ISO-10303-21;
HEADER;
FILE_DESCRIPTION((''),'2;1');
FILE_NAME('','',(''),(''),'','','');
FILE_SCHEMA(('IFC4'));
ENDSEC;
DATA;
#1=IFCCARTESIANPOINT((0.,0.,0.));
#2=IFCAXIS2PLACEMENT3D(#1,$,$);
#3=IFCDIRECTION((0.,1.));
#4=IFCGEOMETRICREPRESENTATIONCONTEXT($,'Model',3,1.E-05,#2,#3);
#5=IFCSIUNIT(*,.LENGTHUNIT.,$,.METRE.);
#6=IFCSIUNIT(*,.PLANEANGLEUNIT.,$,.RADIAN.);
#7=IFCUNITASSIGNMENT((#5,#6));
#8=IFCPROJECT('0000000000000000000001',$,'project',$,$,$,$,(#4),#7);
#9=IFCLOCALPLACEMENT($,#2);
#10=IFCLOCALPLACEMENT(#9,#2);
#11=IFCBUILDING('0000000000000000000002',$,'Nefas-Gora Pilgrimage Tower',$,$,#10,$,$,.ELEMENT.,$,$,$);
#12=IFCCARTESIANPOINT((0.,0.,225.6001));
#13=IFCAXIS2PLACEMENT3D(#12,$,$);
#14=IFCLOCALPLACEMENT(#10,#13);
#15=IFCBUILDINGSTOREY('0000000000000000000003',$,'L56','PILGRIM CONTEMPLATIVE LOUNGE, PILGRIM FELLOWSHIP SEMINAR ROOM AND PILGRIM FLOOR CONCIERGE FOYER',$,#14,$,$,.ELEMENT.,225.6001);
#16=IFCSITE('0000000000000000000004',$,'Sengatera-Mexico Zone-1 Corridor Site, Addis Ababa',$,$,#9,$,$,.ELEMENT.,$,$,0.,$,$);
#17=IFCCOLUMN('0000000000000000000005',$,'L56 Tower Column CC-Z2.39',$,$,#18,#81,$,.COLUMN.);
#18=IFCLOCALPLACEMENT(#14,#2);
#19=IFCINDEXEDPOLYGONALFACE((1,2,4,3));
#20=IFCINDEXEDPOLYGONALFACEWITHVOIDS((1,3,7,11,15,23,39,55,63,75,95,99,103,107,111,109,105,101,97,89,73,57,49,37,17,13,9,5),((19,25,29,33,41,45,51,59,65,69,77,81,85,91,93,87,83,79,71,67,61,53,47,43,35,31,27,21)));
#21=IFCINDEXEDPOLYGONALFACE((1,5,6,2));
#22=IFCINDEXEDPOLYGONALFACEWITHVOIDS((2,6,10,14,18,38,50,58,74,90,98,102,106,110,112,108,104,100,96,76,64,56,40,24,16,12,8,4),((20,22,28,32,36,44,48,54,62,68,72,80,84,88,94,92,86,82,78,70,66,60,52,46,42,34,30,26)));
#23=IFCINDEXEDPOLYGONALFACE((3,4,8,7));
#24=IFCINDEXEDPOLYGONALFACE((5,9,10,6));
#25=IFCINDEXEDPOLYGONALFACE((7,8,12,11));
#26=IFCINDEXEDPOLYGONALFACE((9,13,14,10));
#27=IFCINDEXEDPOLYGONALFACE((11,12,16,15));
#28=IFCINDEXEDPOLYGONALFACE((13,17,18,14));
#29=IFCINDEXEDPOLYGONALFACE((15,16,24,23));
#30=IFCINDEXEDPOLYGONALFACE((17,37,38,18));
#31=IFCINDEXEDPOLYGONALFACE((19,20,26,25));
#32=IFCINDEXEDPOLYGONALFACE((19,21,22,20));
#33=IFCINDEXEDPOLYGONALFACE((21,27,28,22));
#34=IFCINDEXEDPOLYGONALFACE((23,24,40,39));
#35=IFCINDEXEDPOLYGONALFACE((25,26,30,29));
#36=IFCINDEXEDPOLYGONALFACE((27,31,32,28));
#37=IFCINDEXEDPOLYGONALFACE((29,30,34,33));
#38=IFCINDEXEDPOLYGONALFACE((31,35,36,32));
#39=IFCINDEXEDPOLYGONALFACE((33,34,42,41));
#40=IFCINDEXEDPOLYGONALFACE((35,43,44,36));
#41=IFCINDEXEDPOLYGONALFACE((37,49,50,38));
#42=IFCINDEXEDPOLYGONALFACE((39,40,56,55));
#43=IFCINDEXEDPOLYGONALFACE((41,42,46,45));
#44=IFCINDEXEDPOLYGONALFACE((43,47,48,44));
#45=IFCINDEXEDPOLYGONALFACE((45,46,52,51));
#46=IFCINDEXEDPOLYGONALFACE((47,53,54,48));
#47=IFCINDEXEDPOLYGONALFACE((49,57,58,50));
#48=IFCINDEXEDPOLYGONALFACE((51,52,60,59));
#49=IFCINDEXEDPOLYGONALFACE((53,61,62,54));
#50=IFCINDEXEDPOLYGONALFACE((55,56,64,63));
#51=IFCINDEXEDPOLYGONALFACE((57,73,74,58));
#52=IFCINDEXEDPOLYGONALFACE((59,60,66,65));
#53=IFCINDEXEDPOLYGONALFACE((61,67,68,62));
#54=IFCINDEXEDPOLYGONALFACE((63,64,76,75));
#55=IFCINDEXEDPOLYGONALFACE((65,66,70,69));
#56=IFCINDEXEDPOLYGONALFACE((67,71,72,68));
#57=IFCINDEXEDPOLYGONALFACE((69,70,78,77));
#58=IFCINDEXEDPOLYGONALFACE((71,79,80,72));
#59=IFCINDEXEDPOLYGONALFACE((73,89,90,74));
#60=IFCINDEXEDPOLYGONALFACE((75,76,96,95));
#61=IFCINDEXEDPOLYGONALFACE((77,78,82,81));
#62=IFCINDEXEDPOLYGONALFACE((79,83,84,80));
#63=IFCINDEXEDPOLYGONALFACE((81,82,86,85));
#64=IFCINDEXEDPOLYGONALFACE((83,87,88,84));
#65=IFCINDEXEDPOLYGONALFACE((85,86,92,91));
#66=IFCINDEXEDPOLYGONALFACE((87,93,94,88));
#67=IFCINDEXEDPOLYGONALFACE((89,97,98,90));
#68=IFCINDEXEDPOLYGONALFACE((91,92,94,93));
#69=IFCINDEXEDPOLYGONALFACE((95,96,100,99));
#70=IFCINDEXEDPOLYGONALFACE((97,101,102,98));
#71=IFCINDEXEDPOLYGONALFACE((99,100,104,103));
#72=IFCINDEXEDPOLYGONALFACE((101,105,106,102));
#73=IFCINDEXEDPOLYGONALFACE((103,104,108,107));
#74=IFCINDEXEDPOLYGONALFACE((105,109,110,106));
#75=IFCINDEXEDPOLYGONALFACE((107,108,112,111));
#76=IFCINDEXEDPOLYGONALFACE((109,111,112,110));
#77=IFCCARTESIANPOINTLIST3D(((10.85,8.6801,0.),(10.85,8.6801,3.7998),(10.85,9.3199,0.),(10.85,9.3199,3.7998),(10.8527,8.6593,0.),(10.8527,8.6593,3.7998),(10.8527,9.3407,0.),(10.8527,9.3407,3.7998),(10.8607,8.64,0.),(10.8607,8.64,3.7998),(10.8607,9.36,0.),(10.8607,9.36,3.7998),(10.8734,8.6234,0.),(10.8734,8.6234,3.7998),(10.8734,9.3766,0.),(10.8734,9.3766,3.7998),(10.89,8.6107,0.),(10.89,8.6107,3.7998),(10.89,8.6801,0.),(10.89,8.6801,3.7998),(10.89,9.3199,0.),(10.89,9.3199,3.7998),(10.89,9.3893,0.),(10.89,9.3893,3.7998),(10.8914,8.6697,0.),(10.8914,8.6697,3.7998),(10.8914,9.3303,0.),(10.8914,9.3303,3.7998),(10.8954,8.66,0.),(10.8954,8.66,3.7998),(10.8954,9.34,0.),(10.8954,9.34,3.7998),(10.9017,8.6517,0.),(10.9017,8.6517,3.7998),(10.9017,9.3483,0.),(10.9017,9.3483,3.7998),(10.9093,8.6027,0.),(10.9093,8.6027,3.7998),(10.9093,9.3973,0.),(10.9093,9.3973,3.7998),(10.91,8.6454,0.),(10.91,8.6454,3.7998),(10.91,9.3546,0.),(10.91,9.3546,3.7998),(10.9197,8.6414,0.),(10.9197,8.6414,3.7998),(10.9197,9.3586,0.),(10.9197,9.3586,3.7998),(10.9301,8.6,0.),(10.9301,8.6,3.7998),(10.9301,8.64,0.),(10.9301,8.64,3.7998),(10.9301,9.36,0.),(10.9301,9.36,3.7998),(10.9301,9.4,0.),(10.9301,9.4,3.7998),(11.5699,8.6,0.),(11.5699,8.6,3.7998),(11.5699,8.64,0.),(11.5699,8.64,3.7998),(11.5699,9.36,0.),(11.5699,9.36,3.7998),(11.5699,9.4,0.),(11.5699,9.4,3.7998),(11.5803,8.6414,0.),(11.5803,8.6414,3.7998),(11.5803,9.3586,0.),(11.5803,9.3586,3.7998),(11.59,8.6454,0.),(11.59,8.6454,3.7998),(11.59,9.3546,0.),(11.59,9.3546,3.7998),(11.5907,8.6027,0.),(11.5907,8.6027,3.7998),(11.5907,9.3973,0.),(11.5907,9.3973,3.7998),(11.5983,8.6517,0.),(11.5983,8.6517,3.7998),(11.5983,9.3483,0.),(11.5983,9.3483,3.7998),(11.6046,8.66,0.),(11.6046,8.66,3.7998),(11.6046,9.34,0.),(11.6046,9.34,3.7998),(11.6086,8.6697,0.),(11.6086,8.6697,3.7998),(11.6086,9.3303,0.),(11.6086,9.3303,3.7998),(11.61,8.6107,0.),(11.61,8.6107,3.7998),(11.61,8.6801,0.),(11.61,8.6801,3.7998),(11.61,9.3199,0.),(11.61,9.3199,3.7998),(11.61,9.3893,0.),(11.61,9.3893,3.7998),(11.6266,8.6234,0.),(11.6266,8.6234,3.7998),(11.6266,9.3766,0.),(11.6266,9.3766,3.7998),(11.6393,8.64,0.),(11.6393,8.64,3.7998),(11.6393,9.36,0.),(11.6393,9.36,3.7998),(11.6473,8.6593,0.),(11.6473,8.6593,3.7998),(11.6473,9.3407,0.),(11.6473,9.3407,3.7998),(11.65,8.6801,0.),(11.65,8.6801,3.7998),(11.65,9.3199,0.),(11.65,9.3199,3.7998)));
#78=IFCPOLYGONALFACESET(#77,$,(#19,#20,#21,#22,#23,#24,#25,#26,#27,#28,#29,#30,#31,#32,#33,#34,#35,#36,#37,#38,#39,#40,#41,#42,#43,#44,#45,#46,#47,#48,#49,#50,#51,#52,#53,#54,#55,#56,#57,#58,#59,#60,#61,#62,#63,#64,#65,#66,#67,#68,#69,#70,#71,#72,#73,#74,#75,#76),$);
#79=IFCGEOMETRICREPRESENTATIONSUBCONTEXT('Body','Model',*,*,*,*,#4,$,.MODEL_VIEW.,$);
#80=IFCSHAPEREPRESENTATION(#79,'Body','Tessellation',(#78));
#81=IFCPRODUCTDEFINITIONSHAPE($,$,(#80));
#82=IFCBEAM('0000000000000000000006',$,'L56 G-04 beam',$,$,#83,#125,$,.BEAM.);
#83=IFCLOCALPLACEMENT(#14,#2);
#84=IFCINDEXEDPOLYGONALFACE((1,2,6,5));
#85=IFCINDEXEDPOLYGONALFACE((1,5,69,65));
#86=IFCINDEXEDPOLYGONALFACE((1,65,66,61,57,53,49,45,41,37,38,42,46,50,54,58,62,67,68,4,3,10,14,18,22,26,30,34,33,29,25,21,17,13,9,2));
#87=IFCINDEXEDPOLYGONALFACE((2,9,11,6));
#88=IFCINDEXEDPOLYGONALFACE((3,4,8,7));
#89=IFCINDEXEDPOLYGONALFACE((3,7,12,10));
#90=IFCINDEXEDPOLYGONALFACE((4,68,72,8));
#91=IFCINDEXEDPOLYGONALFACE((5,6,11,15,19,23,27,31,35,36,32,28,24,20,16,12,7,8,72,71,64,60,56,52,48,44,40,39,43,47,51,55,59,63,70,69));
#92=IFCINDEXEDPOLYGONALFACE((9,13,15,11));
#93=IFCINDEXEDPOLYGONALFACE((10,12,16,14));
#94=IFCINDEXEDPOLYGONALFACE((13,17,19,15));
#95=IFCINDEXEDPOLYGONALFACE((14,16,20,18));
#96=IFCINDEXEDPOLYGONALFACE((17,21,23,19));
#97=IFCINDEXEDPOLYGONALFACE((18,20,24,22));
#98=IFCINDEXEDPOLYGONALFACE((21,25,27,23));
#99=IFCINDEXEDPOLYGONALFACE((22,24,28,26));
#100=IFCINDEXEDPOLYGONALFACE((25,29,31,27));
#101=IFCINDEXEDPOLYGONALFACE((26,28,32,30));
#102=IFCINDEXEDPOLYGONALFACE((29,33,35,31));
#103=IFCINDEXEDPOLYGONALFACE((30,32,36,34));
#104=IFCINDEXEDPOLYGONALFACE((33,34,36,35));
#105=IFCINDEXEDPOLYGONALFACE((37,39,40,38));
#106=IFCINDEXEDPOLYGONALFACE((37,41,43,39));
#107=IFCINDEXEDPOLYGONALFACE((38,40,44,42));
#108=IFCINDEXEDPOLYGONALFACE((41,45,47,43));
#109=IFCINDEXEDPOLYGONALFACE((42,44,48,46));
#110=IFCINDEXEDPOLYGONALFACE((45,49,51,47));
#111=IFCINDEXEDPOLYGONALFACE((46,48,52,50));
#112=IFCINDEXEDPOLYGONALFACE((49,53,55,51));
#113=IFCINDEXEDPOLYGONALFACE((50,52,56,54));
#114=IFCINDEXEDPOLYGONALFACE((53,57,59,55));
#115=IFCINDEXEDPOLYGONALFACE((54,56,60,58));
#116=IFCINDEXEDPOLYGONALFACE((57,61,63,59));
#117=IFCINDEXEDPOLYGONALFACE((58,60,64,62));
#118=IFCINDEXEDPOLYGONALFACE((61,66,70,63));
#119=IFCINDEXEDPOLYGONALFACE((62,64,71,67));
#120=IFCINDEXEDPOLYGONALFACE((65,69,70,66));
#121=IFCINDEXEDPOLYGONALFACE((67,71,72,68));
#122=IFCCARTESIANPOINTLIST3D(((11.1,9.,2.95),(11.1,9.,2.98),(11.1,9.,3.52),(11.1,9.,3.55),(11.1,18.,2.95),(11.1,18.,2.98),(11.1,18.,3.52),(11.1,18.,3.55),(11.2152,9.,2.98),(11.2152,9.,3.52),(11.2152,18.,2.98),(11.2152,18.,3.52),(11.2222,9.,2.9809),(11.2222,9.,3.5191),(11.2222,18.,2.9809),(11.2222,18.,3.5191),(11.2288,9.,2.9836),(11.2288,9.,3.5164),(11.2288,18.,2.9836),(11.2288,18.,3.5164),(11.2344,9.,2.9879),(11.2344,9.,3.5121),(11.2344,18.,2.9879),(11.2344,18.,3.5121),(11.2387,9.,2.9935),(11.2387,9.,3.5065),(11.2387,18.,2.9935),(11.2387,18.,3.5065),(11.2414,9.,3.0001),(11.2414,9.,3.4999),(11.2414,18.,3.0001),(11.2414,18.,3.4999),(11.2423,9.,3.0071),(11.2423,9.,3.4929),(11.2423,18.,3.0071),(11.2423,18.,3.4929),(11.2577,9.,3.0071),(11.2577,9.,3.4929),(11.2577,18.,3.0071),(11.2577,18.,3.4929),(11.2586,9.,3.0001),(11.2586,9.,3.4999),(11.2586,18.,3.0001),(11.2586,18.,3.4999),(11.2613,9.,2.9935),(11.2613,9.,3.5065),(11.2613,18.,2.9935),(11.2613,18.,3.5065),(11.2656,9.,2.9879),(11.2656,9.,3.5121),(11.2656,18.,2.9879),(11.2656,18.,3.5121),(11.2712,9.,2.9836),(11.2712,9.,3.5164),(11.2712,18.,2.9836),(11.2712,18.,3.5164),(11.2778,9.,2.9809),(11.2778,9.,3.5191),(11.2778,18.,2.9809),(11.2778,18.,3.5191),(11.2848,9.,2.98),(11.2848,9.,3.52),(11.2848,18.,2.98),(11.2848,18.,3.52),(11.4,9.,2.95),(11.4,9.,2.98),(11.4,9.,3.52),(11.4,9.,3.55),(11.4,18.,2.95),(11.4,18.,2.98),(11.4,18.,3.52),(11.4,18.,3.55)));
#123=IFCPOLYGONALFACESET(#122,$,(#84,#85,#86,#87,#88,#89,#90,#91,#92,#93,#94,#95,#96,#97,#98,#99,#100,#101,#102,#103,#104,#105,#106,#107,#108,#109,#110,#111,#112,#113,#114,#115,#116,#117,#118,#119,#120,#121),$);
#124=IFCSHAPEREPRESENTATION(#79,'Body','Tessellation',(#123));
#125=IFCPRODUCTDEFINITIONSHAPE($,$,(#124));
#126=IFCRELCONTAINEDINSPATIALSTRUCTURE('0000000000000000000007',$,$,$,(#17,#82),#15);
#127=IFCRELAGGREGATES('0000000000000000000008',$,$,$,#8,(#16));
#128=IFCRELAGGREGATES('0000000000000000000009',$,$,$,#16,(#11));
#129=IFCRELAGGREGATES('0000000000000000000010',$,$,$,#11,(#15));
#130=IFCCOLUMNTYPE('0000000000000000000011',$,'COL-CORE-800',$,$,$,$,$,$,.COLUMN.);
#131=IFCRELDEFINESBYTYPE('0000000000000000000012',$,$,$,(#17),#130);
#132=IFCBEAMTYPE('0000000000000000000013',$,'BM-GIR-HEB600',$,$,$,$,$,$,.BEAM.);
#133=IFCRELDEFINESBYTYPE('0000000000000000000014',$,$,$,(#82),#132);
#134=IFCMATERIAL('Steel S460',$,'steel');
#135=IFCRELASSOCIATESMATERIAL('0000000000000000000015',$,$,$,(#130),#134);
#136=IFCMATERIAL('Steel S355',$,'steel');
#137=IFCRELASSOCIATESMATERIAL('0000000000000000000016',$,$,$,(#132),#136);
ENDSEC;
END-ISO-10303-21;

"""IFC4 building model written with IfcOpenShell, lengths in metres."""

from ifc_helpers import new_model, si_unit, direction, frame, origin, origin_2d, place, context, subcontext, project, spatial, hollow_rectangle, i_section, extrude, source, transform, mapped, material, material_profile, profile_set, type_object, element, save


model = new_model("IFC4")

# Units and contexts
model_context = context("Model", 3, precision=1e-05, world=origin(), true_north=direction((0.0, 1.0)))
body_context = subcontext(model_context, "Body", "Model", "MODEL_VIEW")
ifc_project = project(units=[si_unit("LENGTHUNIT", "METRE"), si_unit("PLANEANGLEUNIT", "RADIAN")], contexts=[model_context])

# Site, building, storey
site_placement = place(None, origin())
site = spatial("IfcSite", under=ifc_project, at=site_placement, Name="Sengatera-Mexico Zone-1 Corridor Site, Addis Ababa", CompositionType="ELEMENT", RefElevation=0.0)
building_placement = place(site_placement, origin())
building = spatial("IfcBuilding", under=site, at=building_placement, Name="Nefas-Gora Pilgrimage Tower", CompositionType="ELEMENT")
storey_placement = place(building_placement, frame((0.0, 0.0, 225.6001)))
storey = spatial("IfcBuildingStorey", under=building, at=storey_placement, Name="L56", Description="PILGRIM CONTEMPLATIVE LOUNGE, PILGRIM FELLOWSHIP SEMINAR ROOM AND PILGRIM FLOOR CONCIERGE FOYER", CompositionType="ELEMENT", Elevation=225.6001)

# Column
ifc_material_1 = material(Name="Steel S460", Category="steel")
ifc_material_profile_1 = material_profile(ifc_material_1, hollow_rectangle(XDim=0.8, YDim=0.8, WallThickness=0.04, InnerFilletRadius=0.04, OuterFilletRadius=0.0801, at=origin_2d()), Name="BOX 800x800x40")
ifc_profile_set_1 = profile_set([ifc_material_profile_1], Name="Steel S460")
column_type = type_object("IfcColumnType", Name="COL-CORE-800", PredefinedType="COLUMN", material=ifc_profile_set_1)
shared_shape_1 = source(origin(), body_context, "Body", "SweptSolid", [
    extrude(hollow_rectangle(XDim=0.8, YDim=0.8, WallThickness=0.04, InnerFilletRadius=0.04, OuterFilletRadius=0.0801, at=origin_2d()), origin(), (0.0, 0.0, 1.0), 3.7998),
])
column_placement = place(storey_placement, frame((11.25, 9.0, 0.0), z_axis=(0.0, 0.0, 1.0), x_axis=(1.0, 0.0, 0.0)))
element("IfcColumn", 1, at=column_placement, inside=storey, type_object=column_type, Name="L56 Tower Column CC-Z2.39", PredefinedType="COLUMN", context=body_context, shape_type="MappedRepresentation", body=[
    mapped(shared_shape_1, transform((0.0, 0.0, 0.0), x_axis=(1.0, 0.0, 0.0), y_axis=(0.0, 1.0, 0.0), z_axis=(0.0, 0.0, 1.0), scale=1.0)),
])

# Beam
ifc_material_2 = material(Name="Steel S355", Category="steel")
ifc_material_profile_2 = material_profile(ifc_material_2, i_section(OverallWidth=0.3, OverallDepth=0.6001, WebThickness=0.0154, FlangeThickness=0.03, FilletRadius=0.0271, at=origin_2d()), Name="HEB 600")
ifc_profile_set_2 = profile_set([ifc_material_profile_2], Name="Steel S355")
beam_type = type_object("IfcBeamType", Name="BM-GIR-HEB600", PredefinedType="BEAM", material=ifc_profile_set_2)
shared_shape_2 = source(origin(), body_context, "Body", "SweptSolid", [
    extrude(i_section(OverallWidth=0.3, OverallDepth=0.6001, WebThickness=0.0154, FlangeThickness=0.03, FilletRadius=0.0271, at=origin_2d()), origin(), (0.0, 0.0, 1.0), 9.0),
])
beam_placement = place(storey_placement, frame((11.25, 9.0, 3.25), z_axis=(0.0, 1.0, 0.0), x_axis=(-1.0, 0.0, 0.0)))
element("IfcBeam", 2, at=beam_placement, inside=storey, type_object=beam_type, Name="L56 G-04 beam", PredefinedType="BEAM", context=body_context, shape_type="MappedRepresentation", body=[
    mapped(shared_shape_2, transform((0.0, 0.0, 0.0), x_axis=(1.0, 0.0, 0.0), y_axis=(0.0, 1.0, 0.0), z_axis=(0.0, 0.0, 1.0), scale=1.0)),
])

save(model, "model.ifc")
